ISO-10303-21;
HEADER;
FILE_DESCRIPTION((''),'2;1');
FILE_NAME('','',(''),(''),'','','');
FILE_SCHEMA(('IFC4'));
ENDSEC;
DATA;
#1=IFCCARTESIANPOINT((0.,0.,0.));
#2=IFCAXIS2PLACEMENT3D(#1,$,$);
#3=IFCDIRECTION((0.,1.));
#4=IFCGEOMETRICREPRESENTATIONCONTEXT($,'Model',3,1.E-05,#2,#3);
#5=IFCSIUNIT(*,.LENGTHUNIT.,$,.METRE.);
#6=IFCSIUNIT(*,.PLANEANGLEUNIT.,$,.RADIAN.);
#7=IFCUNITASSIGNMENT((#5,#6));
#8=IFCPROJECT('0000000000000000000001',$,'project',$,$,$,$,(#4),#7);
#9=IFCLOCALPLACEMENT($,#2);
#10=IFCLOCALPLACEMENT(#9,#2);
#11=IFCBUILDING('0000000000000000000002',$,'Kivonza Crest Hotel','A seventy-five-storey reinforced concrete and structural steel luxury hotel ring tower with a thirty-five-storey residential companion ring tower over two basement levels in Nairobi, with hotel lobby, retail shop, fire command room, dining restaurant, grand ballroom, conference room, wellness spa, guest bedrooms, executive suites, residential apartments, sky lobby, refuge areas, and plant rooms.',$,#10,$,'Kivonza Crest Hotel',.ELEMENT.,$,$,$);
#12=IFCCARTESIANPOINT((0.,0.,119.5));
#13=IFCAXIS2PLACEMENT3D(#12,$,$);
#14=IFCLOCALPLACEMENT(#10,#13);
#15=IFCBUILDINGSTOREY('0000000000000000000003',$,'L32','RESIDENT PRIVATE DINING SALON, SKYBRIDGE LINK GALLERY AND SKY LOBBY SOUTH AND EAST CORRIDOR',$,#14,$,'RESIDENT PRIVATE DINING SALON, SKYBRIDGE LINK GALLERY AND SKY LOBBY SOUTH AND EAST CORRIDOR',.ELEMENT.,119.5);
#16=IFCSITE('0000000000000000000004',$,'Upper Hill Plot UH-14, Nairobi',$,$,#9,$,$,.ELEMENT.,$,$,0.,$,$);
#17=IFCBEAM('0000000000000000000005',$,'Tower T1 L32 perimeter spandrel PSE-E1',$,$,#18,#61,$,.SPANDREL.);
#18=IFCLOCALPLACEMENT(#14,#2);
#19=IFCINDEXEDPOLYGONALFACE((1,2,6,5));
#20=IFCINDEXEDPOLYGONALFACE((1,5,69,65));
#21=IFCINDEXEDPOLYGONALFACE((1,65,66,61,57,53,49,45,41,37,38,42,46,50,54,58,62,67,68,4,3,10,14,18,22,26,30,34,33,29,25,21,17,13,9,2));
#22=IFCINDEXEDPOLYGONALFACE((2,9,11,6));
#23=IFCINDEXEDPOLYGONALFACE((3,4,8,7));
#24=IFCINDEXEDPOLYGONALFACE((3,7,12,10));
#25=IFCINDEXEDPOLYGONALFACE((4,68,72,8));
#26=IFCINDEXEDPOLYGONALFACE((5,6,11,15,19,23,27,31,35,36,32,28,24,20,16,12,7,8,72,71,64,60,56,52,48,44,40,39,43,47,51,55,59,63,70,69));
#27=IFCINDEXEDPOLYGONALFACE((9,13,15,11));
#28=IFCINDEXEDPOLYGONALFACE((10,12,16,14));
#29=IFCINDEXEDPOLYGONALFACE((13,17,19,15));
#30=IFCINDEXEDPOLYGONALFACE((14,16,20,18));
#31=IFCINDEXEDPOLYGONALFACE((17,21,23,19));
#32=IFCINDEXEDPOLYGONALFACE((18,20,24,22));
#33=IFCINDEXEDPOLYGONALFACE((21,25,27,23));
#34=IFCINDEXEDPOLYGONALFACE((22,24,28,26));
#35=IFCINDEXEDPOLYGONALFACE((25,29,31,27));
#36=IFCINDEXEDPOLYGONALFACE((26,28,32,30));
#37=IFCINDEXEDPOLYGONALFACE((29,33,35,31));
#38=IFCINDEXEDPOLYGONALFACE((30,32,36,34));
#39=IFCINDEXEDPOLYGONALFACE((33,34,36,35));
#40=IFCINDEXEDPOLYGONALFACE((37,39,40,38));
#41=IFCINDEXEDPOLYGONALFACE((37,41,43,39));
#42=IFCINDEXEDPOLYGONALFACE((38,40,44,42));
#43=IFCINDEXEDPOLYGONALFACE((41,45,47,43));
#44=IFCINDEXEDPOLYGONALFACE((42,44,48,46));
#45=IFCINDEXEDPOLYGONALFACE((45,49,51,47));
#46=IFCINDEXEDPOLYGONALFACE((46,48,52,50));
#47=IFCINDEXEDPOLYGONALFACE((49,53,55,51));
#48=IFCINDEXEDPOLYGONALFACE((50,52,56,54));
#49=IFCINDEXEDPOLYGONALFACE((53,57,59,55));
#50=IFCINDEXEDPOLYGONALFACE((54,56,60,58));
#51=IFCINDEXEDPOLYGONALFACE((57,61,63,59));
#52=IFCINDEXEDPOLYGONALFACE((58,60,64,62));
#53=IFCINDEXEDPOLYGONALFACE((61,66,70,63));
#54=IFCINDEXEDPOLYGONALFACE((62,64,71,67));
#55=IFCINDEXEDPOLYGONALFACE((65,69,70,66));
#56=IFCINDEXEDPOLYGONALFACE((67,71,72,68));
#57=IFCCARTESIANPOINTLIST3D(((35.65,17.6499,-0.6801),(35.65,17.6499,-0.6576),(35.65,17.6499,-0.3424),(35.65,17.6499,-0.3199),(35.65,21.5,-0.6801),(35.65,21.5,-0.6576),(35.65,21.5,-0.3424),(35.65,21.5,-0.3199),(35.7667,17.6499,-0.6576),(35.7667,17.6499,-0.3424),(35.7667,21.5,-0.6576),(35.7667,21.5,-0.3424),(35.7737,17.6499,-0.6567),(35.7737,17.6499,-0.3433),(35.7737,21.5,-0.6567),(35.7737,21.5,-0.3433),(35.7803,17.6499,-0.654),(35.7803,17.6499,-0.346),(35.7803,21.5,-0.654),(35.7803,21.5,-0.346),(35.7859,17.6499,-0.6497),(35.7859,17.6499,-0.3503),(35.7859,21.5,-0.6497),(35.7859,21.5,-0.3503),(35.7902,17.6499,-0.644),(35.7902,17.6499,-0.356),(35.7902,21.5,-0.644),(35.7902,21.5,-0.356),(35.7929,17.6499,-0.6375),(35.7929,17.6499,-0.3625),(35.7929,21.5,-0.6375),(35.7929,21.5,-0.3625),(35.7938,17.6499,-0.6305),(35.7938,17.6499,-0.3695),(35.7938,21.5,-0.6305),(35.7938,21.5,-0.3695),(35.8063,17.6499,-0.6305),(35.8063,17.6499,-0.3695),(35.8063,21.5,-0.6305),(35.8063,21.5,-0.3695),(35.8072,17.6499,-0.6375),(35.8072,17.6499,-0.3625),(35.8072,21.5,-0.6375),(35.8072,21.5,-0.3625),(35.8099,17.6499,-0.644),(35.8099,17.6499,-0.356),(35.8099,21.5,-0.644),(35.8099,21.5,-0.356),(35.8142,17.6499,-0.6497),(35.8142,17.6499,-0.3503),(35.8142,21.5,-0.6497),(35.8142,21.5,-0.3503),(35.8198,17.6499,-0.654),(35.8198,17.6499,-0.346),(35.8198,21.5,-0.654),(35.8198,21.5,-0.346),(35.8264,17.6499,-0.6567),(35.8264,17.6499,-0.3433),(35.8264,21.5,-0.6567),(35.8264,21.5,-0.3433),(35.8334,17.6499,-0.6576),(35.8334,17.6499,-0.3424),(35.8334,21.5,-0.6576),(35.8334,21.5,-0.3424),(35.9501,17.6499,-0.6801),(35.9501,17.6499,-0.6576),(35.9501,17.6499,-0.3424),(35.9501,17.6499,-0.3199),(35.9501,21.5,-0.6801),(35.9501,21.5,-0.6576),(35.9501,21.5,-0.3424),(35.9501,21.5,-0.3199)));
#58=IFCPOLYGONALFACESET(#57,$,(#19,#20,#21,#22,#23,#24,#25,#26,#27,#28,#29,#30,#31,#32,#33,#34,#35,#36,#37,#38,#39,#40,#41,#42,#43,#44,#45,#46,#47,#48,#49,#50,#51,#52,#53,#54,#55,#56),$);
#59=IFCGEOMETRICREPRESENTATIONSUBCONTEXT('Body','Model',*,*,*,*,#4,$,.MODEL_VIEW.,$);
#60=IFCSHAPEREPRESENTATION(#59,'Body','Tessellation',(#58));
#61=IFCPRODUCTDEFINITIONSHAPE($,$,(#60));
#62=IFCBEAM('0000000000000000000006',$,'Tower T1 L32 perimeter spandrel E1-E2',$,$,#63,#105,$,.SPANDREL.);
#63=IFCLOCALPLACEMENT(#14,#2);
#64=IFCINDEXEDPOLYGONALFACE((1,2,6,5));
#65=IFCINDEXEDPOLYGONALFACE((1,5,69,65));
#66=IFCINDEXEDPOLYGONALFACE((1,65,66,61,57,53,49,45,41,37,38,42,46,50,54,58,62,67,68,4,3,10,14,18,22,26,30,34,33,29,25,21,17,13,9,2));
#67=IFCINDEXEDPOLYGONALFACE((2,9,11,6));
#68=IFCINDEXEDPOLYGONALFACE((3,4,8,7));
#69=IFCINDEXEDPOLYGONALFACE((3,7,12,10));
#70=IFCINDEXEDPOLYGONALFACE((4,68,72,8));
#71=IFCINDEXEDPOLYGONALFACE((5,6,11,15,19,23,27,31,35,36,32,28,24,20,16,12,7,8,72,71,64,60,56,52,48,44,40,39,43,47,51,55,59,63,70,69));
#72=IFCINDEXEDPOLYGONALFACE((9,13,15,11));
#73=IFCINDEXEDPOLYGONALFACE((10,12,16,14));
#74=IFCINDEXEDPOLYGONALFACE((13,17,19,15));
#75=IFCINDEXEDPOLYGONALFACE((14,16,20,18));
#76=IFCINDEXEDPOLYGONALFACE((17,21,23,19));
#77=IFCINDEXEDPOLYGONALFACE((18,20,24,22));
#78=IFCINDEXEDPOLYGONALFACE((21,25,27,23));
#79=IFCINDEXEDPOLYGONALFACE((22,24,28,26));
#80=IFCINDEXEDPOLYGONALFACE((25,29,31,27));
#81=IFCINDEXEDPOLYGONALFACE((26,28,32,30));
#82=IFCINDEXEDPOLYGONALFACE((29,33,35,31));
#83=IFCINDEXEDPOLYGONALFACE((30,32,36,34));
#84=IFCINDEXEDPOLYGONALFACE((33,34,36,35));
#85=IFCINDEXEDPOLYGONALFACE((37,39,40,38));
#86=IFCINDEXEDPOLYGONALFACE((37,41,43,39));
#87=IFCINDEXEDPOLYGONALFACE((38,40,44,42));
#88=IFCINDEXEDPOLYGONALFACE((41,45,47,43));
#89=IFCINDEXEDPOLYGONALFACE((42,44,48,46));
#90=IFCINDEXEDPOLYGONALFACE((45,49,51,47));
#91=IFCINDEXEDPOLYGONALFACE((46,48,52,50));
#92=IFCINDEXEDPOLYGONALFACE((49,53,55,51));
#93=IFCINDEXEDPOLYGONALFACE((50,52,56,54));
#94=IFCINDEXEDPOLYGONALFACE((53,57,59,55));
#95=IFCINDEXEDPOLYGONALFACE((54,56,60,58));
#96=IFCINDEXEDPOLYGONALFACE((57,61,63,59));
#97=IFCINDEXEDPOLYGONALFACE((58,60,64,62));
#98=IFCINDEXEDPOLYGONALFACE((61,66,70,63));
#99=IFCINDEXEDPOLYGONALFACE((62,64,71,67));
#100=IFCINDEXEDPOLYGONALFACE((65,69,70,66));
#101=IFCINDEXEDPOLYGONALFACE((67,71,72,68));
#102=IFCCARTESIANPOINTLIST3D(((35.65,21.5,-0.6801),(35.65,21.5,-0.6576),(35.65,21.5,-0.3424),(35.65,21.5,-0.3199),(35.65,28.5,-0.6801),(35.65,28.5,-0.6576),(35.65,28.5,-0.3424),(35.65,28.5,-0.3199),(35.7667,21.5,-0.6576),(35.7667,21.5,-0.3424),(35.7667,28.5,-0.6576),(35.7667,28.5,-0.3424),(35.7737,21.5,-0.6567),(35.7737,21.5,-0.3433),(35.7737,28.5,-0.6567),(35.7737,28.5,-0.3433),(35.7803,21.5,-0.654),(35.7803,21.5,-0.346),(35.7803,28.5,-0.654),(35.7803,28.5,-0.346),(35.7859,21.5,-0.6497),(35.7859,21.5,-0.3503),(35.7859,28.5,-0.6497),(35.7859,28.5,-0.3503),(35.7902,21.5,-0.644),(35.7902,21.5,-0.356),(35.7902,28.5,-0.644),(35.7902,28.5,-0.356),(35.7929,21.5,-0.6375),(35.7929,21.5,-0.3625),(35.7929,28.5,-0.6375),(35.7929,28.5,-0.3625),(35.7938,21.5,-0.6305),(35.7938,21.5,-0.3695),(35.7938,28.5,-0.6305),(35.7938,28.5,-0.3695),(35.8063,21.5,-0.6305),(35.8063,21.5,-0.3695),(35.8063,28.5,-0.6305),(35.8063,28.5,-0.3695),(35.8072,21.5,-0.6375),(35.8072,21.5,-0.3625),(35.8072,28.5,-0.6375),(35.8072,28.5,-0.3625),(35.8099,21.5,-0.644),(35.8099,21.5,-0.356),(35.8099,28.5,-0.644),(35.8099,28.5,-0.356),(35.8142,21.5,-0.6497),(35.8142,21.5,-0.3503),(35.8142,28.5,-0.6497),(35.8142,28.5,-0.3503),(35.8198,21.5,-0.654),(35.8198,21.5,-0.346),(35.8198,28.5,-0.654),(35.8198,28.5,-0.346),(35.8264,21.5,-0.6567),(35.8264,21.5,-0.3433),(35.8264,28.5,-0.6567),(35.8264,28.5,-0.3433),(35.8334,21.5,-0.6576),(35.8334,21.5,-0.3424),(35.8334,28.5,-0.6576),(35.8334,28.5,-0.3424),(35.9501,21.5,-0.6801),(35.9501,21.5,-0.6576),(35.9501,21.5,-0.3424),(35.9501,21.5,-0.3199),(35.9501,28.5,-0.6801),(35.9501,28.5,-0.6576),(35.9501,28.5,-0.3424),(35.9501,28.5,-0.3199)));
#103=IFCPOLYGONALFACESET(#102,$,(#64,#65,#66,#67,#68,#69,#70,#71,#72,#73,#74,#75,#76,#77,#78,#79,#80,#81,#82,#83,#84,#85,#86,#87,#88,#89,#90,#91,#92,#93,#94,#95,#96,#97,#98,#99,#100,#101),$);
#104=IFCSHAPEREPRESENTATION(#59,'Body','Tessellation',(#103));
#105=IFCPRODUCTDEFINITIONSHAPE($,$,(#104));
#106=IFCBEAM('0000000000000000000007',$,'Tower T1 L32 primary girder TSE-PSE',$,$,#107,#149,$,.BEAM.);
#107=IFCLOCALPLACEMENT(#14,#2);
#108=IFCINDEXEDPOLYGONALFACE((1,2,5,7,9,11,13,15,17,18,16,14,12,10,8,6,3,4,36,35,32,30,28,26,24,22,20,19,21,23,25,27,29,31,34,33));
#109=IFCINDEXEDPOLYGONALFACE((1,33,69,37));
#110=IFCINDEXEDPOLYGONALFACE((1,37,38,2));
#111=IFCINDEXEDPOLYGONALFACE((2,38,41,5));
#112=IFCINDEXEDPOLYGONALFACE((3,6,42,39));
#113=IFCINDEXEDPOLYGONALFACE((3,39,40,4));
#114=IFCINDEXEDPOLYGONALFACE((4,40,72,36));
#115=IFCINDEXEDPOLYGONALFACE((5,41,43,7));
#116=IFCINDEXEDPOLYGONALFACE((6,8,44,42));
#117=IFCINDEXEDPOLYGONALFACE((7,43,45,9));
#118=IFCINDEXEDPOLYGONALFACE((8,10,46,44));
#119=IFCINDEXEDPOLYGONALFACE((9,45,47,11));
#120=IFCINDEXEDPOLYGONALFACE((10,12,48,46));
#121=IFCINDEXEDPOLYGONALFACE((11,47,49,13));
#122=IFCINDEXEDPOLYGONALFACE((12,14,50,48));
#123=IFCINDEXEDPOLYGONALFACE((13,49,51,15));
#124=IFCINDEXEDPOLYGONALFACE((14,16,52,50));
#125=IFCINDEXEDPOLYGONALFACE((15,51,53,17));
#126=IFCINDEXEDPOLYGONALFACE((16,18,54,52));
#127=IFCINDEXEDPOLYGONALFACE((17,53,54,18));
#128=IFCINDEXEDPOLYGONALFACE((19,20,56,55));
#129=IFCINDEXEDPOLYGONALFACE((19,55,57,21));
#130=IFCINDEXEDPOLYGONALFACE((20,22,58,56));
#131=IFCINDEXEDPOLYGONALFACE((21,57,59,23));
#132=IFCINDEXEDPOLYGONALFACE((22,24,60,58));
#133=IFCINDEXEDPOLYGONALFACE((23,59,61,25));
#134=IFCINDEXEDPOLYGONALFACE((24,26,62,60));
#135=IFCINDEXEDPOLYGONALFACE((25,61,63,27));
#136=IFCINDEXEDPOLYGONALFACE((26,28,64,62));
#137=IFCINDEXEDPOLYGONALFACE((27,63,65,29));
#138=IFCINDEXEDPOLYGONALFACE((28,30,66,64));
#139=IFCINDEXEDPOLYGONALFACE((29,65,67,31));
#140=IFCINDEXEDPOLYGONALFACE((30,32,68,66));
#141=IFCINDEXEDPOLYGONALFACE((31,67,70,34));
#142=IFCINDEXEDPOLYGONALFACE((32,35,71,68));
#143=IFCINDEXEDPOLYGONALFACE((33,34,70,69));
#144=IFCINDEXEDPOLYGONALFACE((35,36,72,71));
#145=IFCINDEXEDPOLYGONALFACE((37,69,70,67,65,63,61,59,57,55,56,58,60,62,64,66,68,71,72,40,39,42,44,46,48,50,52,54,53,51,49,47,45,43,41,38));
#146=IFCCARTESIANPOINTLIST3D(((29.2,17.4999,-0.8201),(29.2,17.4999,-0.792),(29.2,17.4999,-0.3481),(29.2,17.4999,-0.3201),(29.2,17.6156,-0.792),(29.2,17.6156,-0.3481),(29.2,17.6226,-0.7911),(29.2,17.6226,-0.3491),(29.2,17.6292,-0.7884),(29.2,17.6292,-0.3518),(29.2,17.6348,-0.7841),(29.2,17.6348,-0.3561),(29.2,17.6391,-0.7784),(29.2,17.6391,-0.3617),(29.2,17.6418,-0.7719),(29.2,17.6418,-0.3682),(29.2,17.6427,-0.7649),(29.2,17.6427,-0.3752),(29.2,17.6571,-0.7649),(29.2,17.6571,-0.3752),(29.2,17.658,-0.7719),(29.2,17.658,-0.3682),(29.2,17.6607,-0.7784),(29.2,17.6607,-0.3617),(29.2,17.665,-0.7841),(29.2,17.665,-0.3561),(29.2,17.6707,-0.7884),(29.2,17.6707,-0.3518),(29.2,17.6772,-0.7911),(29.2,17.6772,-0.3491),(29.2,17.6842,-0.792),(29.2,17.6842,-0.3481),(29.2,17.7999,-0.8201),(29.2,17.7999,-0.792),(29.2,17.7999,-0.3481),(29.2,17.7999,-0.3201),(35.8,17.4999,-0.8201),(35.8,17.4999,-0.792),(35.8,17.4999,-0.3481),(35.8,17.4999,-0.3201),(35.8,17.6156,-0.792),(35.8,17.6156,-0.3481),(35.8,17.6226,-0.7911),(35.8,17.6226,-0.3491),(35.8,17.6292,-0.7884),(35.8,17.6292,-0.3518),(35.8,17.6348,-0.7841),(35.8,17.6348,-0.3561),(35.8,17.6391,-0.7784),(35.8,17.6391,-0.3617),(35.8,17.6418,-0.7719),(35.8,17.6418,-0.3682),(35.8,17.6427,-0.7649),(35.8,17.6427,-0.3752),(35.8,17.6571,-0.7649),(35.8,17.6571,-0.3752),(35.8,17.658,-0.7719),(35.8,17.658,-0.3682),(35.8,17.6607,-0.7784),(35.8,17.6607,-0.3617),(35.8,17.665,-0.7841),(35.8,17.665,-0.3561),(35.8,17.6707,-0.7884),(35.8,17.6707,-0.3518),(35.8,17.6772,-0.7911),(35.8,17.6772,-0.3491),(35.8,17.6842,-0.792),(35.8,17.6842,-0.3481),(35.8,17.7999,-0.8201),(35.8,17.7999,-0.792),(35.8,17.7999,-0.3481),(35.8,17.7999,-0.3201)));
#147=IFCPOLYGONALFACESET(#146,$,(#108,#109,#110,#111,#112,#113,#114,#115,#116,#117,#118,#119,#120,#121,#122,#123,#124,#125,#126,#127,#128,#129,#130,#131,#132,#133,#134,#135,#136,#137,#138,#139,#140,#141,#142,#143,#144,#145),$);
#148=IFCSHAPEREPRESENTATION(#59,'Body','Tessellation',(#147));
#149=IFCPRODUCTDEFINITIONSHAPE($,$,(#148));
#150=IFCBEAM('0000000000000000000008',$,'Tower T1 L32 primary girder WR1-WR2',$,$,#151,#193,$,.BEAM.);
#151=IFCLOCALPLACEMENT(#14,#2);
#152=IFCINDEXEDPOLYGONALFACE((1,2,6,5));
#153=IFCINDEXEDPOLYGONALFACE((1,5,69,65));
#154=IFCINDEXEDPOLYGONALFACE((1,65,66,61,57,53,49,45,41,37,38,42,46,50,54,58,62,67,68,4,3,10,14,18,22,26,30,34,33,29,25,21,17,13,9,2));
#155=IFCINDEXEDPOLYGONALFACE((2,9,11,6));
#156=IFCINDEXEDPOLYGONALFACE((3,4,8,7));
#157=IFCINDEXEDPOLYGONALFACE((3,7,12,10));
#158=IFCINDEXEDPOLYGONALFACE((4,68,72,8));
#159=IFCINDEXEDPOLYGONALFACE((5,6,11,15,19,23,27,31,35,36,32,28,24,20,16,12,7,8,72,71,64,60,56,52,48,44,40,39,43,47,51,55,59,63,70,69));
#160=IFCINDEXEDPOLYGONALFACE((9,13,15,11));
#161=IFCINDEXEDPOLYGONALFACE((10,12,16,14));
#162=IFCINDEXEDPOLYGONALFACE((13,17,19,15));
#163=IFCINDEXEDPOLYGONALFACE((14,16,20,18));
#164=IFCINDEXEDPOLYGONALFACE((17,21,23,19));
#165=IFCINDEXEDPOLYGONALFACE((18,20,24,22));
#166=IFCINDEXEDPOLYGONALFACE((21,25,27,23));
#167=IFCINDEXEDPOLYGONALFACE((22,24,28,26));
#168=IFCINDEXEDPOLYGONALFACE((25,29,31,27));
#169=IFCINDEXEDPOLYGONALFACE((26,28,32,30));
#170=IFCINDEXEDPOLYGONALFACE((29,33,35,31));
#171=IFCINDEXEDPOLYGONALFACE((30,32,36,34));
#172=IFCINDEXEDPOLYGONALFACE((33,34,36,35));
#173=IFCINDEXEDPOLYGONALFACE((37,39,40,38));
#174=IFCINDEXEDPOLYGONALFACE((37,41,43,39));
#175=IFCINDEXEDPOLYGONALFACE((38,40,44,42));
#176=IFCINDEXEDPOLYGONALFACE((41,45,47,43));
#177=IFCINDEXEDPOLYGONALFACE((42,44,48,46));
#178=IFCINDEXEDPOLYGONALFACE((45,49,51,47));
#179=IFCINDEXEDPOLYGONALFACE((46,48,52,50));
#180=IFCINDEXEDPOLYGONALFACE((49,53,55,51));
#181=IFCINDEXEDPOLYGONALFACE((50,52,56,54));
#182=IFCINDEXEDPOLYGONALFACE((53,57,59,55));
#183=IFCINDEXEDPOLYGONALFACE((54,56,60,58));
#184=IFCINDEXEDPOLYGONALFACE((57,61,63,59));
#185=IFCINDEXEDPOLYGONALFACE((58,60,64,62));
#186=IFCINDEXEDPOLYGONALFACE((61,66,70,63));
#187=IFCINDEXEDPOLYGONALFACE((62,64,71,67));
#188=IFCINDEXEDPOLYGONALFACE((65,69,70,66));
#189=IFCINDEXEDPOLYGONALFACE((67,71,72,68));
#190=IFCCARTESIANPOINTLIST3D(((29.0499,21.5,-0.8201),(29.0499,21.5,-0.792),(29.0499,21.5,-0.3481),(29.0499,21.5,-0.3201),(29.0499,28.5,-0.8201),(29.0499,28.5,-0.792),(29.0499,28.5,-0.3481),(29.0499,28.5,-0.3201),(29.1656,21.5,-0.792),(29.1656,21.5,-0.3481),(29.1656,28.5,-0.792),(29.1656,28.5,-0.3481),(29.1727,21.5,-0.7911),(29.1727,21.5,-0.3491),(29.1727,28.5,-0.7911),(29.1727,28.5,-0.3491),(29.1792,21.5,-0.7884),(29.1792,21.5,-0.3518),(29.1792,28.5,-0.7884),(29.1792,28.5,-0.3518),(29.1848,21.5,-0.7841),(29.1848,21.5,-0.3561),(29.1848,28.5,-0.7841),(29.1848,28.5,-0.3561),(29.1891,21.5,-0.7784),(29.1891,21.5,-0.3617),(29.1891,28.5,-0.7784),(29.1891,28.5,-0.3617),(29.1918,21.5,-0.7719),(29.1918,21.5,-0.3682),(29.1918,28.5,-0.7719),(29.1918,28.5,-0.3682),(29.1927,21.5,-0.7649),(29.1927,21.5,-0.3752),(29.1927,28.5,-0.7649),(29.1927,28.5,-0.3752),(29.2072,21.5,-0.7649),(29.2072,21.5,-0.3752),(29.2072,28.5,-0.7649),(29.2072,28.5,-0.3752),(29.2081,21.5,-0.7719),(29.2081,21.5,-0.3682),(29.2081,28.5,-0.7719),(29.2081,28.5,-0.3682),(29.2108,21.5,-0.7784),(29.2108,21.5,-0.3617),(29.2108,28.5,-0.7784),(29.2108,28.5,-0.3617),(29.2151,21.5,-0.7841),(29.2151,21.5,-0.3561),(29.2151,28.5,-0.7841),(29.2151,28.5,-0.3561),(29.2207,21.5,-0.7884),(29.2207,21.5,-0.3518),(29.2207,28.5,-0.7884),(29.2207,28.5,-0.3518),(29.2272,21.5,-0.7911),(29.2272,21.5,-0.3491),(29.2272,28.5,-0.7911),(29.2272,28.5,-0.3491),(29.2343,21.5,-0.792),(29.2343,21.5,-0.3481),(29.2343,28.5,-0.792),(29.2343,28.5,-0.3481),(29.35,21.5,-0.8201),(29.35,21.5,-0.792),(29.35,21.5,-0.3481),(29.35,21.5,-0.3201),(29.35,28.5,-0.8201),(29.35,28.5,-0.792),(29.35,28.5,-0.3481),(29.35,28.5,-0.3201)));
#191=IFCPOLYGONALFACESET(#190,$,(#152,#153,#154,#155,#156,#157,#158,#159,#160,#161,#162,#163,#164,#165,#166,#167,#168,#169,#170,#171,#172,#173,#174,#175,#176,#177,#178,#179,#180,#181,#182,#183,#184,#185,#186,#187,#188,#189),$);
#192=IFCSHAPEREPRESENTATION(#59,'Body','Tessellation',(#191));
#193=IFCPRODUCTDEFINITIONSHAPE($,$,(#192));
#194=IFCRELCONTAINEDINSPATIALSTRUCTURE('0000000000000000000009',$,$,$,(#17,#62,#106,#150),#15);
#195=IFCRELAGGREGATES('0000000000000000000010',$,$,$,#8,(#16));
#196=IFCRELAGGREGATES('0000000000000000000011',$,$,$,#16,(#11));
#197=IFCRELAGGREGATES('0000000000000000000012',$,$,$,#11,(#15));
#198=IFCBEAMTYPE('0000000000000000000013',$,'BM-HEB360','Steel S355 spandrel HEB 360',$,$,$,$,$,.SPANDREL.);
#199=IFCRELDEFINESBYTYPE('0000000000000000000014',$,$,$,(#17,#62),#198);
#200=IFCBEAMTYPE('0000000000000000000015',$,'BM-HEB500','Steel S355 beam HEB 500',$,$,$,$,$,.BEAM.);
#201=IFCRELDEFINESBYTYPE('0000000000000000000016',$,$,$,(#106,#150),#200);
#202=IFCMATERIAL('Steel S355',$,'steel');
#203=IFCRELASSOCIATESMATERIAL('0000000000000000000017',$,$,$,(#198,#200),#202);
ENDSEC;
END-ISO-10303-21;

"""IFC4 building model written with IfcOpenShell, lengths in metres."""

from ifc_helpers import new_model, si_unit, direction, frame, origin, origin_2d, place, context, subcontext, project, spatial, i_section, extrude, material, material_profile, profile_set, type_object, element, save


model = new_model("IFC4")

# Units and contexts
model_context = context("Model", 3, precision=1e-05, world=origin(), true_north=direction((0.0, 1.0)))
body_context = subcontext(model_context, "Body", "Model", "MODEL_VIEW")
ifc_project = project(units=[si_unit("LENGTHUNIT", "METRE"), si_unit("PLANEANGLEUNIT", "RADIAN")], contexts=[model_context])

# Site, building, storey
site_placement = place(None, origin())
site = spatial("IfcSite", under=ifc_project, at=site_placement, Name="Upper Hill Plot UH-14, Nairobi", CompositionType="ELEMENT", RefElevation=0.0)
building_placement = place(site_placement, origin())
building = spatial("IfcBuilding", under=site, at=building_placement, Name="Kivonza Crest Hotel", Description="A seventy-five-storey reinforced concrete and structural steel luxury hotel ring tower with a thirty-five-storey residential companion ring tower over two basement levels in Nairobi, with hotel lobby, retail shop, fire command room, dining restaurant, grand ballroom, conference room, wellness spa, guest bedrooms, executive suites, residential apartments, sky lobby, refuge areas, and plant rooms.", LongName="Kivonza Crest Hotel", CompositionType="ELEMENT")
storey_placement = place(building_placement, frame((0.0, 0.0, 119.5)))
storey = spatial("IfcBuildingStorey", under=building, at=storey_placement, Name="L32", Description="RESIDENT PRIVATE DINING SALON, SKYBRIDGE LINK GALLERY AND SKY LOBBY SOUTH AND EAST CORRIDOR", LongName="RESIDENT PRIVATE DINING SALON, SKYBRIDGE LINK GALLERY AND SKY LOBBY SOUTH AND EAST CORRIDOR", CompositionType="ELEMENT", Elevation=119.5)

# Shared definitions
ifc_material_1 = material(Name="Steel S355", Category="steel")

# Beams
ifc_material_profile_1 = material_profile(ifc_material_1, i_section(OverallWidth=0.3, OverallDepth=0.3601, WebThickness=0.0125, FlangeThickness=0.0225, FilletRadius=0.0271, at=origin_2d()), Name="HEB 360")
ifc_profile_set_1 = profile_set([ifc_material_profile_1], Name="Steel S355")
beam_type_1 = type_object("IfcBeamType", Name="BM-HEB360", Description="Steel S355 spandrel HEB 360", PredefinedType="SPANDREL", material=ifc_profile_set_1)
beam_1_placement = place(storey_placement, frame((35.8, 17.6499, -0.5), z_axis=(0.0, 1.0, 0.0), x_axis=(-1.0, 0.0, 0.0)))
element("IfcBeam", 1, at=beam_1_placement, inside=storey, type_object=beam_type_1, Name="Tower T1 L32 perimeter spandrel PSE-E1", PredefinedType="SPANDREL", context=body_context, shape_type="SweptSolid", body=[
    extrude(i_section(OverallWidth=0.3, OverallDepth=0.3601, WebThickness=0.0125, FlangeThickness=0.0225, FilletRadius=0.0271, at=origin_2d()), origin(), (0.0, 0.0, 1.0), 3.8501),
])
beam_2_placement = place(storey_placement, frame((35.8, 21.5, -0.5), z_axis=(0.0, 1.0, 0.0), x_axis=(-1.0, 0.0, 0.0)))
element("IfcBeam", 2, at=beam_2_placement, inside=storey, type_object=beam_type_1, Name="Tower T1 L32 perimeter spandrel E1-E2", PredefinedType="SPANDREL", context=body_context, shape_type="SweptSolid", body=[
    extrude(i_section(OverallWidth=0.3, OverallDepth=0.3601, WebThickness=0.0125, FlangeThickness=0.0225, FilletRadius=0.0271, at=origin_2d()), origin(), (0.0, 0.0, 1.0), 7.0),
])
ifc_material_profile_2 = material_profile(ifc_material_1, i_section(OverallWidth=0.3, OverallDepth=0.5, WebThickness=0.0144, FlangeThickness=0.0281, FilletRadius=0.0271, at=origin_2d()), Name="HEB 500")
ifc_profile_set_2 = profile_set([ifc_material_profile_2], Name="Steel S355")
beam_type_2 = type_object("IfcBeamType", Name="BM-HEB500", Description="Steel S355 beam HEB 500", PredefinedType="BEAM", material=ifc_profile_set_2)
beam_3_placement = place(storey_placement, frame((29.2, 17.6499, -0.5701), z_axis=(1.0, 0.0, 0.0), x_axis=(0.0, 1.0, 0.0)))
element("IfcBeam", 3, at=beam_3_placement, inside=storey, type_object=beam_type_2, Name="Tower T1 L32 primary girder TSE-PSE", PredefinedType="BEAM", context=body_context, shape_type="SweptSolid", body=[
    extrude(i_section(OverallWidth=0.3, OverallDepth=0.5, WebThickness=0.0144, FlangeThickness=0.0281, FilletRadius=0.0271, at=origin_2d()), origin(), (0.0, 0.0, 1.0), 6.6001),
])
beam_4_placement = place(storey_placement, frame((29.2, 21.5, -0.5701), z_axis=(0.0, 1.0, 0.0), x_axis=(-1.0, 0.0, 0.0)))
element("IfcBeam", 4, at=beam_4_placement, inside=storey, type_object=beam_type_2, Name="Tower T1 L32 primary girder WR1-WR2", PredefinedType="BEAM", context=body_context, shape_type="SweptSolid", body=[
    extrude(i_section(OverallWidth=0.3, OverallDepth=0.5, WebThickness=0.0144, FlangeThickness=0.0281, FilletRadius=0.0271, at=origin_2d()), origin(), (0.0, 0.0, 1.0), 7.0),
])

save(model, "model.ifc")
